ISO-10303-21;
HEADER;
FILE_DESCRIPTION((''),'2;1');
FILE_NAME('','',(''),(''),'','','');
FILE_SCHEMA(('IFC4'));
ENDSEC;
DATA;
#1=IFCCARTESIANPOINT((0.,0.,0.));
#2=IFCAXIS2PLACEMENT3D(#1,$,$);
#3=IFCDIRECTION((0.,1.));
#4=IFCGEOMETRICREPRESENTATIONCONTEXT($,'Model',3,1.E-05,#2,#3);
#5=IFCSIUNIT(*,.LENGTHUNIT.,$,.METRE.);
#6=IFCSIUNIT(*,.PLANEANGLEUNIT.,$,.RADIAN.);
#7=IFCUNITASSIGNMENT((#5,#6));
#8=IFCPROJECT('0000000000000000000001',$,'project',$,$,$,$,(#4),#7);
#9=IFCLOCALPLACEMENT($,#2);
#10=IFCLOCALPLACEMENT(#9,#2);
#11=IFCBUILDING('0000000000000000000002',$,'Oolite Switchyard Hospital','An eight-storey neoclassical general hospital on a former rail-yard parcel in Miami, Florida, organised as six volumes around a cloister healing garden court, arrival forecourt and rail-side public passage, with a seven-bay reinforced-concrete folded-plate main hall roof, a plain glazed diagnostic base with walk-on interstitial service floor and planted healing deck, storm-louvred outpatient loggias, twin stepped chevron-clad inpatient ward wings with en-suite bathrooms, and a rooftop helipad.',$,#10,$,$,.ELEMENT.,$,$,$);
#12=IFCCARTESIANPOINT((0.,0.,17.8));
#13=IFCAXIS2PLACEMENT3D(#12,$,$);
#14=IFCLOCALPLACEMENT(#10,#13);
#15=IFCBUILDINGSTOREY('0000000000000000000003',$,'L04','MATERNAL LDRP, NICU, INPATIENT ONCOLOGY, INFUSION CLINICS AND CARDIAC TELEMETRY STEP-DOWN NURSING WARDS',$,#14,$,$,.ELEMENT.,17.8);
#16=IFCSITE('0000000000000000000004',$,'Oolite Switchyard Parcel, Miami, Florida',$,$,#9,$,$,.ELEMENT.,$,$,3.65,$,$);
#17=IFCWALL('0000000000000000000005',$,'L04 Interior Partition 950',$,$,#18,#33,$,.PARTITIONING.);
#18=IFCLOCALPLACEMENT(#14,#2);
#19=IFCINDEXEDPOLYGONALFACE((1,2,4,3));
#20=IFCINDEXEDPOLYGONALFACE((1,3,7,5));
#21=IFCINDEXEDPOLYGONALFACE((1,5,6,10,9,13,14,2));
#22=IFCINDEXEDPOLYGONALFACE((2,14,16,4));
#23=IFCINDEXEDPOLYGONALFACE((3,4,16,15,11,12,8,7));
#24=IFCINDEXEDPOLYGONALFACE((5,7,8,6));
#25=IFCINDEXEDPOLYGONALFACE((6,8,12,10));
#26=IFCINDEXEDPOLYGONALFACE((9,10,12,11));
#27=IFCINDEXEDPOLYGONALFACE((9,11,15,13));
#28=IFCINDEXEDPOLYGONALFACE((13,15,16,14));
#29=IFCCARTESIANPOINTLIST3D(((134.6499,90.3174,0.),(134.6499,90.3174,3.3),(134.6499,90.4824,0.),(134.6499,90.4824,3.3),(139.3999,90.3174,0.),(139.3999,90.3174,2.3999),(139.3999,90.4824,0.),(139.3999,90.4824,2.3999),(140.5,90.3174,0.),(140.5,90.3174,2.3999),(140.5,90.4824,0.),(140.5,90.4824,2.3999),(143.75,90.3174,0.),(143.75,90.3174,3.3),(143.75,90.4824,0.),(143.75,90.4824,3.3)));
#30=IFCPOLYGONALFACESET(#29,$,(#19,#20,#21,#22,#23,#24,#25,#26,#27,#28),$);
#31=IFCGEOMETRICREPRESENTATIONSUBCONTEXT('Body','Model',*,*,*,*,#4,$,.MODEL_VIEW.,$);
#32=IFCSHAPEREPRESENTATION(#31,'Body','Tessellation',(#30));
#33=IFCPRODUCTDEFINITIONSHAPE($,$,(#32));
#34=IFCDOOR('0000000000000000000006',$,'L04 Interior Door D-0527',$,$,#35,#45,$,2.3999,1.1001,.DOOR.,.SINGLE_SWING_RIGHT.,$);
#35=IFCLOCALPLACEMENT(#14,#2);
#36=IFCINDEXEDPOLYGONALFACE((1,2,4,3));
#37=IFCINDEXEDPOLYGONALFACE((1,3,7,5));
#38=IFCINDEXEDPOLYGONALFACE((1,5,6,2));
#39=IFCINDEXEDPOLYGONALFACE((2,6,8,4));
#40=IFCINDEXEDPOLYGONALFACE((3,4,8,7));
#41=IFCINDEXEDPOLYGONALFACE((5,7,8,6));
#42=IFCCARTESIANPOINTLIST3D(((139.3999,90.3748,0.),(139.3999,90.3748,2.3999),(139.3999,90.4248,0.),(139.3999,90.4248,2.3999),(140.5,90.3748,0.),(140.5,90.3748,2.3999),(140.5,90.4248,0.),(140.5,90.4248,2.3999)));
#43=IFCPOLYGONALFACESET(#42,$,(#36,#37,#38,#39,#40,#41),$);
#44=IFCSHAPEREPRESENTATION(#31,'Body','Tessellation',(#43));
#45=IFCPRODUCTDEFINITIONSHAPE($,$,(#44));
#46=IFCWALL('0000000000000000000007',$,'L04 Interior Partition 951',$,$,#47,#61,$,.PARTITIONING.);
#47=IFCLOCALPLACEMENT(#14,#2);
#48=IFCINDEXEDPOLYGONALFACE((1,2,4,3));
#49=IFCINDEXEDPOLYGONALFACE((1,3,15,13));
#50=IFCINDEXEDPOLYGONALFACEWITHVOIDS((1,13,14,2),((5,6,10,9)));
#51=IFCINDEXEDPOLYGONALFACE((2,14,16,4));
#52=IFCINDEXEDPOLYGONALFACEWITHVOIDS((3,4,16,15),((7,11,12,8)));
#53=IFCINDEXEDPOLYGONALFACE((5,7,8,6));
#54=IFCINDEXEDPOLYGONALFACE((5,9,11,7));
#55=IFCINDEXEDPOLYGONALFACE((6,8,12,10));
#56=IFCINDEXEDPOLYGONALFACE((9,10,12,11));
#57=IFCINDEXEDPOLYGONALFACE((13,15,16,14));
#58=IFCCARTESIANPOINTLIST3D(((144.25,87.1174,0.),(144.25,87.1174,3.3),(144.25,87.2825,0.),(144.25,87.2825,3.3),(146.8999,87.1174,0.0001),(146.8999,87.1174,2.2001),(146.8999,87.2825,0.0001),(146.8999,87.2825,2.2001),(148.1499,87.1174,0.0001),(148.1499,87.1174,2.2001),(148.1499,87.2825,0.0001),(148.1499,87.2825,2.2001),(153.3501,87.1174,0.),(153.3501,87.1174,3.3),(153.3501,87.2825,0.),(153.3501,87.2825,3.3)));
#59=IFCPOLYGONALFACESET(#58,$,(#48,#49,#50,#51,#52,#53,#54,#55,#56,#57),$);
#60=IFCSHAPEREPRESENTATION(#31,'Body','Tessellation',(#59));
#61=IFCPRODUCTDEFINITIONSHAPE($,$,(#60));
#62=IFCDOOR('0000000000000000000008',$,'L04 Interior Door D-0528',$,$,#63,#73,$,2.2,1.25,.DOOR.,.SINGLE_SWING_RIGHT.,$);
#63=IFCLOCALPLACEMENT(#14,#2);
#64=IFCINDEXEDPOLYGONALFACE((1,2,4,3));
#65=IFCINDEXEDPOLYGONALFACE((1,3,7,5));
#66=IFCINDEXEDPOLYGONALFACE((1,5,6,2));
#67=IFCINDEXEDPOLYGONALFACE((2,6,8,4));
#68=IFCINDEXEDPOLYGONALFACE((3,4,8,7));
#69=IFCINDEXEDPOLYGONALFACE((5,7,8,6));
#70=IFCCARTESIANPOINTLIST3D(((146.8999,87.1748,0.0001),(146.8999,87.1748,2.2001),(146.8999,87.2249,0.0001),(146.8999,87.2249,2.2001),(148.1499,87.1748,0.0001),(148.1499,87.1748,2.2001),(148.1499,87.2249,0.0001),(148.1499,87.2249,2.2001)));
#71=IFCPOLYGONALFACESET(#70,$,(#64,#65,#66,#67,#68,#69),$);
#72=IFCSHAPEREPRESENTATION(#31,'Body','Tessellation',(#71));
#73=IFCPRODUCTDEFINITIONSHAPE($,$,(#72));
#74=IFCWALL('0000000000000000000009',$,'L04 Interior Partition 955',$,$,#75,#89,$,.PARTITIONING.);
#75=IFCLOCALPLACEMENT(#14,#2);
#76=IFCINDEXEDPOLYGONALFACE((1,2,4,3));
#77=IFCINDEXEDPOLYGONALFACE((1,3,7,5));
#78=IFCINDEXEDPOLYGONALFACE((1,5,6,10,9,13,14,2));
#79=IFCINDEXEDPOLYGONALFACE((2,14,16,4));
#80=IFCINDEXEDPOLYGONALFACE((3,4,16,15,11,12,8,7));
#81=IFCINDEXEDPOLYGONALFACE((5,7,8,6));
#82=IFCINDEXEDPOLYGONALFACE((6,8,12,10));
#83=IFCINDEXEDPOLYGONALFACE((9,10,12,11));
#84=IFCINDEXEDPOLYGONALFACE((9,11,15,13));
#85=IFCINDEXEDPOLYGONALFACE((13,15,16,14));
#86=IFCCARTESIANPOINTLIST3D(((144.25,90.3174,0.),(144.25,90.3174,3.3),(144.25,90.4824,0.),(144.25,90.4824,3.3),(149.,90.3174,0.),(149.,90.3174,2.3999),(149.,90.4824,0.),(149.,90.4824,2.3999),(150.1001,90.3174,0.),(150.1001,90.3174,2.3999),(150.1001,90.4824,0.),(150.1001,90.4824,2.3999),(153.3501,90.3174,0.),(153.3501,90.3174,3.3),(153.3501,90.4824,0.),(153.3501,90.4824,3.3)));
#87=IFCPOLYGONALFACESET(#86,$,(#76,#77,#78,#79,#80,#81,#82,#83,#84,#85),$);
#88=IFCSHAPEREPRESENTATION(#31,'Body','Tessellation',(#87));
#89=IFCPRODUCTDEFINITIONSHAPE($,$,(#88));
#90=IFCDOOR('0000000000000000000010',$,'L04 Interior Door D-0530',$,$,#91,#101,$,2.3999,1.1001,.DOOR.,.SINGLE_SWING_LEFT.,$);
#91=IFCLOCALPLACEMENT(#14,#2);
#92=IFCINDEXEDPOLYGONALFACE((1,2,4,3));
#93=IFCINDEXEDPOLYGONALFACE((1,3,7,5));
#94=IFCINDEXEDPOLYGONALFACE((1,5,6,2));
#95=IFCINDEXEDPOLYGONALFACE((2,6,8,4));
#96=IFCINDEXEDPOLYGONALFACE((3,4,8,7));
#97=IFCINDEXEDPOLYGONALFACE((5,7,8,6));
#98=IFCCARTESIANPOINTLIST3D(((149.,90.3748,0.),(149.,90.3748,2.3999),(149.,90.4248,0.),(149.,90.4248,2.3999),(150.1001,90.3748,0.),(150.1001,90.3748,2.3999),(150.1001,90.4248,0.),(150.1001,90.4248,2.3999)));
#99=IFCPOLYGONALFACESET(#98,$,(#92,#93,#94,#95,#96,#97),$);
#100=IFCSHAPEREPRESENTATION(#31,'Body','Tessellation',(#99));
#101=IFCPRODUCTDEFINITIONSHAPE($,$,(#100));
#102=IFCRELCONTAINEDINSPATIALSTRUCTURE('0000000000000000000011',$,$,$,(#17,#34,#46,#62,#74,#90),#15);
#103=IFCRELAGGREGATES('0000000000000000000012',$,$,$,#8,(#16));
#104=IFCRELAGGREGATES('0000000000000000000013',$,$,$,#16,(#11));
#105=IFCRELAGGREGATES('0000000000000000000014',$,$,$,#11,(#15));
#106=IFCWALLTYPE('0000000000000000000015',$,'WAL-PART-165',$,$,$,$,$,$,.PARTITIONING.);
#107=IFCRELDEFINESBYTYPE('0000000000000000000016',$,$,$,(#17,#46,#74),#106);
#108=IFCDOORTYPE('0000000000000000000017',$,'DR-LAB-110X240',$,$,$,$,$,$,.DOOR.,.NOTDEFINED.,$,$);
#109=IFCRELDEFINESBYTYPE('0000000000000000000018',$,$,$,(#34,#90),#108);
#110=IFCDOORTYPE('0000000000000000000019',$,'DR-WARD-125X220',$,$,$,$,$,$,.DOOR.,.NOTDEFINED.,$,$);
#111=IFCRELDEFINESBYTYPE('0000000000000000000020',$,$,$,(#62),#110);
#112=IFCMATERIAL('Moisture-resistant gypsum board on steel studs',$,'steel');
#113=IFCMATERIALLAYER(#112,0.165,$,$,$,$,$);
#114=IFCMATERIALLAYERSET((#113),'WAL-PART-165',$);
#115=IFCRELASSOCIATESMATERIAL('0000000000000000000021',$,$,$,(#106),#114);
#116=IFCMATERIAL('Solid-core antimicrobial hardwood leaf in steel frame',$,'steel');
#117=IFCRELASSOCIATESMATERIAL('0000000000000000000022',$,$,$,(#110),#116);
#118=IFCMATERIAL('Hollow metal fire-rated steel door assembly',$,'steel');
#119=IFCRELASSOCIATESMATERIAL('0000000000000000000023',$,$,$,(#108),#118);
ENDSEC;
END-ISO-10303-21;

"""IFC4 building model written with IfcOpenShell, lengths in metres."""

from ifc_helpers import new_model, si_unit, direction, frame, frame_2d, origin, place, context, subcontext, project, spatial, rectangle, extrude, material, layer, layer_set, type_object, element, fill, save


model = new_model("IFC4")

# Units and contexts
model_context = context("Model", 3, precision=1e-05, world=origin(), true_north=direction((0.0, 1.0)))
body_context = subcontext(model_context, "Body", "Model", "MODEL_VIEW")
ifc_project = project(units=[si_unit("LENGTHUNIT", "METRE"), si_unit("PLANEANGLEUNIT", "RADIAN")], contexts=[model_context])

# Site, building, storey
site_placement = place(None, origin())
site = spatial("IfcSite", under=ifc_project, at=site_placement, Name="Oolite Switchyard Parcel, Miami, Florida", CompositionType="ELEMENT", RefElevation=3.65)
building_placement = place(site_placement, origin())
building = spatial("IfcBuilding", under=site, at=building_placement, Name="Oolite Switchyard Hospital", Description="An eight-storey neoclassical general hospital on a former rail-yard parcel in Miami, Florida, organised as six volumes around a cloister healing garden court, arrival forecourt and rail-side public passage, with a seven-bay reinforced-concrete folded-plate main hall roof, a plain glazed diagnostic base with walk-on interstitial service floor and planted healing deck, storm-louvred outpatient loggias, twin stepped chevron-clad inpatient ward wings with en-suite bathrooms, and a rooftop helipad.", CompositionType="ELEMENT")
storey_placement = place(building_placement, frame((0.0, 0.0, 17.8)))
storey = spatial("IfcBuildingStorey", under=building, at=storey_placement, Name="L04", Description="MATERNAL LDRP, NICU, INPATIENT ONCOLOGY, INFUSION CLINICS AND CARDIAC TELEMETRY STEP-DOWN NURSING WARDS", CompositionType="ELEMENT", Elevation=17.8)

# Shared definitions
ifc_material_1 = material(Name="Moisture-resistant gypsum board on steel studs", Category="steel")

# Shared definitions
ifc_material_2 = material(Name="Solid-core antimicrobial hardwood leaf in steel frame", Category="steel")

# Walls, openings, doors
ifc_layer_1 = layer(ifc_material_1, 0.165)
ifc_layer_set_1 = layer_set([ifc_layer_1], Name="WAL-PART-165")
wall_type_1 = type_object("IfcWallType", Name="WAL-PART-165", PredefinedType="PARTITIONING", material=ifc_layer_set_1)
door_type_1 = type_object("IfcDoorType", Name="DR-WARD-125X220", OperationType="NOTDEFINED", PredefinedType="DOOR", material=ifc_material_2)
wall_1_placement = place(storey_placement, frame((134.6499, 90.3999, 0.0), z_axis=(0.0, 0.0, 1.0), x_axis=(1.0, 0.0, 0.0)))
wall_1 = element("IfcWall", 1, at=wall_1_placement, inside=storey, type_object=wall_type_1, Name="L04 Interior Partition 950", PredefinedType="PARTITIONING", context=body_context, shape_type="SweptSolid", body=[
    extrude(rectangle(XDim=9.1001, YDim=0.165, at=frame_2d((4.55, 0.0))), origin(), (0.0, 0.0, 1.0), 3.3),
])
opening_1_placement = place(wall_1_placement, frame((4.75, 0.0, 0.0)))
opening_1 = element("IfcOpeningElement", 2, at=opening_1_placement, cuts=wall_1, PredefinedType="OPENING", context=body_context, shape_type="SweptSolid", body=[
    extrude(rectangle(XDim=1.1001, YDim=2.3999, at=frame_2d((0.55, 1.2))), frame((0.0, 0.0925, 0.0), z_axis=(0.0, -1.0, 0.0), x_axis=(1.0, 0.0, 0.0)), (0.0, 0.0, 1.0), 0.1851),
])
ifc_material_3 = material(Name="Hollow metal fire-rated steel door assembly", Category="steel")
door_type_2 = type_object("IfcDoorType", Name="DR-LAB-110X240", OperationType="NOTDEFINED", PredefinedType="DOOR", material=ifc_material_3)
door_1_placement = place(opening_1_placement, origin())
door_1 = element("IfcDoor", 3, at=door_1_placement, inside=storey, type_object=door_type_2, Name="L04 Interior Door D-0527", OperationType="SINGLE_SWING_RIGHT", OverallHeight=2.3999, OverallWidth=1.1001, PredefinedType="DOOR", context=body_context, shape_type="SweptSolid", body=[
    extrude(rectangle(XDim=1.1001, YDim=2.3999, at=frame_2d((0.55, 1.2))), frame((0.0, 0.0249, 0.0), z_axis=(0.0, -1.0, 0.0), x_axis=(1.0, 0.0, 0.0)), (0.0, 0.0, 1.0), 0.05),
])
fill(opening_1, door_1)
wall_2_placement = place(storey_placement, frame((144.25, 87.2, 0.0), z_axis=(0.0, 0.0, 1.0), x_axis=(1.0, 0.0, 0.0)))
wall_2 = element("IfcWall", 4, at=wall_2_placement, inside=storey, type_object=wall_type_1, Name="L04 Interior Partition 951", PredefinedType="PARTITIONING", context=body_context, shape_type="SweptSolid", body=[
    extrude(rectangle(XDim=9.1001, YDim=0.165, at=frame_2d((4.55, 0.0))), origin(), (0.0, 0.0, 1.0), 3.3),
])
opening_2_placement = place(wall_2_placement, frame((2.6499, 0.0, 0.0)))
opening_2 = element("IfcOpeningElement", 5, at=opening_2_placement, cuts=wall_2, PredefinedType="OPENING", context=body_context, shape_type="SweptSolid", body=[
    extrude(rectangle(XDim=1.25, YDim=2.2, at=frame_2d((0.625, 1.1001))), frame((0.0, 0.0925, 0.0), z_axis=(0.0, -1.0, 0.0), x_axis=(1.0, 0.0, 0.0)), (0.0, 0.0, 1.0), 0.1851),
])
door_2_placement = place(opening_2_placement, origin())
door_2 = element("IfcDoor", 6, at=door_2_placement, inside=storey, type_object=door_type_1, Name="L04 Interior Door D-0528", OperationType="SINGLE_SWING_RIGHT", OverallHeight=2.2, OverallWidth=1.25, PredefinedType="DOOR", context=body_context, shape_type="SweptSolid", body=[
    extrude(rectangle(XDim=1.25, YDim=2.2, at=frame_2d((0.625, 1.1001))), frame((0.0, 0.0249, 0.0), z_axis=(0.0, -1.0, 0.0), x_axis=(1.0, 0.0, 0.0)), (0.0, 0.0, 1.0), 0.05),
])
fill(opening_2, door_2)
wall_3_placement = place(storey_placement, frame((144.25, 90.3999, 0.0), z_axis=(0.0, 0.0, 1.0), x_axis=(1.0, 0.0, 0.0)))
wall_3 = element("IfcWall", 7, at=wall_3_placement, inside=storey, type_object=wall_type_1, Name="L04 Interior Partition 955", PredefinedType="PARTITIONING", context=body_context, shape_type="SweptSolid", body=[
    extrude(rectangle(XDim=9.1001, YDim=0.165, at=frame_2d((4.55, 0.0))), origin(), (0.0, 0.0, 1.0), 3.3),
])
opening_3_placement = place(wall_3_placement, frame((4.75, 0.0, 0.0)))
opening_3 = element("IfcOpeningElement", 8, at=opening_3_placement, cuts=wall_3, PredefinedType="OPENING", context=body_context, shape_type="SweptSolid", body=[
    extrude(rectangle(XDim=1.1001, YDim=2.3999, at=frame_2d((0.55, 1.2))), frame((0.0, 0.0925, 0.0), z_axis=(0.0, -1.0, 0.0), x_axis=(1.0, 0.0, 0.0)), (0.0, 0.0, 1.0), 0.1851),
])
door_3_placement = place(opening_3_placement, origin())
door_3 = element("IfcDoor", 9, at=door_3_placement, inside=storey, type_object=door_type_2, Name="L04 Interior Door D-0530", OperationType="SINGLE_SWING_LEFT", OverallHeight=2.3999, OverallWidth=1.1001, PredefinedType="DOOR", context=body_context, shape_type="SweptSolid", body=[
    extrude(rectangle(XDim=1.1001, YDim=2.3999, at=frame_2d((0.55, 1.2))), frame((0.0, 0.0249, 0.0), z_axis=(0.0, -1.0, 0.0), x_axis=(1.0, 0.0, 0.0)), (0.0, 0.0, 1.0), 0.05),
])
fill(opening_3, door_3)

save(model, "model.ifc")
